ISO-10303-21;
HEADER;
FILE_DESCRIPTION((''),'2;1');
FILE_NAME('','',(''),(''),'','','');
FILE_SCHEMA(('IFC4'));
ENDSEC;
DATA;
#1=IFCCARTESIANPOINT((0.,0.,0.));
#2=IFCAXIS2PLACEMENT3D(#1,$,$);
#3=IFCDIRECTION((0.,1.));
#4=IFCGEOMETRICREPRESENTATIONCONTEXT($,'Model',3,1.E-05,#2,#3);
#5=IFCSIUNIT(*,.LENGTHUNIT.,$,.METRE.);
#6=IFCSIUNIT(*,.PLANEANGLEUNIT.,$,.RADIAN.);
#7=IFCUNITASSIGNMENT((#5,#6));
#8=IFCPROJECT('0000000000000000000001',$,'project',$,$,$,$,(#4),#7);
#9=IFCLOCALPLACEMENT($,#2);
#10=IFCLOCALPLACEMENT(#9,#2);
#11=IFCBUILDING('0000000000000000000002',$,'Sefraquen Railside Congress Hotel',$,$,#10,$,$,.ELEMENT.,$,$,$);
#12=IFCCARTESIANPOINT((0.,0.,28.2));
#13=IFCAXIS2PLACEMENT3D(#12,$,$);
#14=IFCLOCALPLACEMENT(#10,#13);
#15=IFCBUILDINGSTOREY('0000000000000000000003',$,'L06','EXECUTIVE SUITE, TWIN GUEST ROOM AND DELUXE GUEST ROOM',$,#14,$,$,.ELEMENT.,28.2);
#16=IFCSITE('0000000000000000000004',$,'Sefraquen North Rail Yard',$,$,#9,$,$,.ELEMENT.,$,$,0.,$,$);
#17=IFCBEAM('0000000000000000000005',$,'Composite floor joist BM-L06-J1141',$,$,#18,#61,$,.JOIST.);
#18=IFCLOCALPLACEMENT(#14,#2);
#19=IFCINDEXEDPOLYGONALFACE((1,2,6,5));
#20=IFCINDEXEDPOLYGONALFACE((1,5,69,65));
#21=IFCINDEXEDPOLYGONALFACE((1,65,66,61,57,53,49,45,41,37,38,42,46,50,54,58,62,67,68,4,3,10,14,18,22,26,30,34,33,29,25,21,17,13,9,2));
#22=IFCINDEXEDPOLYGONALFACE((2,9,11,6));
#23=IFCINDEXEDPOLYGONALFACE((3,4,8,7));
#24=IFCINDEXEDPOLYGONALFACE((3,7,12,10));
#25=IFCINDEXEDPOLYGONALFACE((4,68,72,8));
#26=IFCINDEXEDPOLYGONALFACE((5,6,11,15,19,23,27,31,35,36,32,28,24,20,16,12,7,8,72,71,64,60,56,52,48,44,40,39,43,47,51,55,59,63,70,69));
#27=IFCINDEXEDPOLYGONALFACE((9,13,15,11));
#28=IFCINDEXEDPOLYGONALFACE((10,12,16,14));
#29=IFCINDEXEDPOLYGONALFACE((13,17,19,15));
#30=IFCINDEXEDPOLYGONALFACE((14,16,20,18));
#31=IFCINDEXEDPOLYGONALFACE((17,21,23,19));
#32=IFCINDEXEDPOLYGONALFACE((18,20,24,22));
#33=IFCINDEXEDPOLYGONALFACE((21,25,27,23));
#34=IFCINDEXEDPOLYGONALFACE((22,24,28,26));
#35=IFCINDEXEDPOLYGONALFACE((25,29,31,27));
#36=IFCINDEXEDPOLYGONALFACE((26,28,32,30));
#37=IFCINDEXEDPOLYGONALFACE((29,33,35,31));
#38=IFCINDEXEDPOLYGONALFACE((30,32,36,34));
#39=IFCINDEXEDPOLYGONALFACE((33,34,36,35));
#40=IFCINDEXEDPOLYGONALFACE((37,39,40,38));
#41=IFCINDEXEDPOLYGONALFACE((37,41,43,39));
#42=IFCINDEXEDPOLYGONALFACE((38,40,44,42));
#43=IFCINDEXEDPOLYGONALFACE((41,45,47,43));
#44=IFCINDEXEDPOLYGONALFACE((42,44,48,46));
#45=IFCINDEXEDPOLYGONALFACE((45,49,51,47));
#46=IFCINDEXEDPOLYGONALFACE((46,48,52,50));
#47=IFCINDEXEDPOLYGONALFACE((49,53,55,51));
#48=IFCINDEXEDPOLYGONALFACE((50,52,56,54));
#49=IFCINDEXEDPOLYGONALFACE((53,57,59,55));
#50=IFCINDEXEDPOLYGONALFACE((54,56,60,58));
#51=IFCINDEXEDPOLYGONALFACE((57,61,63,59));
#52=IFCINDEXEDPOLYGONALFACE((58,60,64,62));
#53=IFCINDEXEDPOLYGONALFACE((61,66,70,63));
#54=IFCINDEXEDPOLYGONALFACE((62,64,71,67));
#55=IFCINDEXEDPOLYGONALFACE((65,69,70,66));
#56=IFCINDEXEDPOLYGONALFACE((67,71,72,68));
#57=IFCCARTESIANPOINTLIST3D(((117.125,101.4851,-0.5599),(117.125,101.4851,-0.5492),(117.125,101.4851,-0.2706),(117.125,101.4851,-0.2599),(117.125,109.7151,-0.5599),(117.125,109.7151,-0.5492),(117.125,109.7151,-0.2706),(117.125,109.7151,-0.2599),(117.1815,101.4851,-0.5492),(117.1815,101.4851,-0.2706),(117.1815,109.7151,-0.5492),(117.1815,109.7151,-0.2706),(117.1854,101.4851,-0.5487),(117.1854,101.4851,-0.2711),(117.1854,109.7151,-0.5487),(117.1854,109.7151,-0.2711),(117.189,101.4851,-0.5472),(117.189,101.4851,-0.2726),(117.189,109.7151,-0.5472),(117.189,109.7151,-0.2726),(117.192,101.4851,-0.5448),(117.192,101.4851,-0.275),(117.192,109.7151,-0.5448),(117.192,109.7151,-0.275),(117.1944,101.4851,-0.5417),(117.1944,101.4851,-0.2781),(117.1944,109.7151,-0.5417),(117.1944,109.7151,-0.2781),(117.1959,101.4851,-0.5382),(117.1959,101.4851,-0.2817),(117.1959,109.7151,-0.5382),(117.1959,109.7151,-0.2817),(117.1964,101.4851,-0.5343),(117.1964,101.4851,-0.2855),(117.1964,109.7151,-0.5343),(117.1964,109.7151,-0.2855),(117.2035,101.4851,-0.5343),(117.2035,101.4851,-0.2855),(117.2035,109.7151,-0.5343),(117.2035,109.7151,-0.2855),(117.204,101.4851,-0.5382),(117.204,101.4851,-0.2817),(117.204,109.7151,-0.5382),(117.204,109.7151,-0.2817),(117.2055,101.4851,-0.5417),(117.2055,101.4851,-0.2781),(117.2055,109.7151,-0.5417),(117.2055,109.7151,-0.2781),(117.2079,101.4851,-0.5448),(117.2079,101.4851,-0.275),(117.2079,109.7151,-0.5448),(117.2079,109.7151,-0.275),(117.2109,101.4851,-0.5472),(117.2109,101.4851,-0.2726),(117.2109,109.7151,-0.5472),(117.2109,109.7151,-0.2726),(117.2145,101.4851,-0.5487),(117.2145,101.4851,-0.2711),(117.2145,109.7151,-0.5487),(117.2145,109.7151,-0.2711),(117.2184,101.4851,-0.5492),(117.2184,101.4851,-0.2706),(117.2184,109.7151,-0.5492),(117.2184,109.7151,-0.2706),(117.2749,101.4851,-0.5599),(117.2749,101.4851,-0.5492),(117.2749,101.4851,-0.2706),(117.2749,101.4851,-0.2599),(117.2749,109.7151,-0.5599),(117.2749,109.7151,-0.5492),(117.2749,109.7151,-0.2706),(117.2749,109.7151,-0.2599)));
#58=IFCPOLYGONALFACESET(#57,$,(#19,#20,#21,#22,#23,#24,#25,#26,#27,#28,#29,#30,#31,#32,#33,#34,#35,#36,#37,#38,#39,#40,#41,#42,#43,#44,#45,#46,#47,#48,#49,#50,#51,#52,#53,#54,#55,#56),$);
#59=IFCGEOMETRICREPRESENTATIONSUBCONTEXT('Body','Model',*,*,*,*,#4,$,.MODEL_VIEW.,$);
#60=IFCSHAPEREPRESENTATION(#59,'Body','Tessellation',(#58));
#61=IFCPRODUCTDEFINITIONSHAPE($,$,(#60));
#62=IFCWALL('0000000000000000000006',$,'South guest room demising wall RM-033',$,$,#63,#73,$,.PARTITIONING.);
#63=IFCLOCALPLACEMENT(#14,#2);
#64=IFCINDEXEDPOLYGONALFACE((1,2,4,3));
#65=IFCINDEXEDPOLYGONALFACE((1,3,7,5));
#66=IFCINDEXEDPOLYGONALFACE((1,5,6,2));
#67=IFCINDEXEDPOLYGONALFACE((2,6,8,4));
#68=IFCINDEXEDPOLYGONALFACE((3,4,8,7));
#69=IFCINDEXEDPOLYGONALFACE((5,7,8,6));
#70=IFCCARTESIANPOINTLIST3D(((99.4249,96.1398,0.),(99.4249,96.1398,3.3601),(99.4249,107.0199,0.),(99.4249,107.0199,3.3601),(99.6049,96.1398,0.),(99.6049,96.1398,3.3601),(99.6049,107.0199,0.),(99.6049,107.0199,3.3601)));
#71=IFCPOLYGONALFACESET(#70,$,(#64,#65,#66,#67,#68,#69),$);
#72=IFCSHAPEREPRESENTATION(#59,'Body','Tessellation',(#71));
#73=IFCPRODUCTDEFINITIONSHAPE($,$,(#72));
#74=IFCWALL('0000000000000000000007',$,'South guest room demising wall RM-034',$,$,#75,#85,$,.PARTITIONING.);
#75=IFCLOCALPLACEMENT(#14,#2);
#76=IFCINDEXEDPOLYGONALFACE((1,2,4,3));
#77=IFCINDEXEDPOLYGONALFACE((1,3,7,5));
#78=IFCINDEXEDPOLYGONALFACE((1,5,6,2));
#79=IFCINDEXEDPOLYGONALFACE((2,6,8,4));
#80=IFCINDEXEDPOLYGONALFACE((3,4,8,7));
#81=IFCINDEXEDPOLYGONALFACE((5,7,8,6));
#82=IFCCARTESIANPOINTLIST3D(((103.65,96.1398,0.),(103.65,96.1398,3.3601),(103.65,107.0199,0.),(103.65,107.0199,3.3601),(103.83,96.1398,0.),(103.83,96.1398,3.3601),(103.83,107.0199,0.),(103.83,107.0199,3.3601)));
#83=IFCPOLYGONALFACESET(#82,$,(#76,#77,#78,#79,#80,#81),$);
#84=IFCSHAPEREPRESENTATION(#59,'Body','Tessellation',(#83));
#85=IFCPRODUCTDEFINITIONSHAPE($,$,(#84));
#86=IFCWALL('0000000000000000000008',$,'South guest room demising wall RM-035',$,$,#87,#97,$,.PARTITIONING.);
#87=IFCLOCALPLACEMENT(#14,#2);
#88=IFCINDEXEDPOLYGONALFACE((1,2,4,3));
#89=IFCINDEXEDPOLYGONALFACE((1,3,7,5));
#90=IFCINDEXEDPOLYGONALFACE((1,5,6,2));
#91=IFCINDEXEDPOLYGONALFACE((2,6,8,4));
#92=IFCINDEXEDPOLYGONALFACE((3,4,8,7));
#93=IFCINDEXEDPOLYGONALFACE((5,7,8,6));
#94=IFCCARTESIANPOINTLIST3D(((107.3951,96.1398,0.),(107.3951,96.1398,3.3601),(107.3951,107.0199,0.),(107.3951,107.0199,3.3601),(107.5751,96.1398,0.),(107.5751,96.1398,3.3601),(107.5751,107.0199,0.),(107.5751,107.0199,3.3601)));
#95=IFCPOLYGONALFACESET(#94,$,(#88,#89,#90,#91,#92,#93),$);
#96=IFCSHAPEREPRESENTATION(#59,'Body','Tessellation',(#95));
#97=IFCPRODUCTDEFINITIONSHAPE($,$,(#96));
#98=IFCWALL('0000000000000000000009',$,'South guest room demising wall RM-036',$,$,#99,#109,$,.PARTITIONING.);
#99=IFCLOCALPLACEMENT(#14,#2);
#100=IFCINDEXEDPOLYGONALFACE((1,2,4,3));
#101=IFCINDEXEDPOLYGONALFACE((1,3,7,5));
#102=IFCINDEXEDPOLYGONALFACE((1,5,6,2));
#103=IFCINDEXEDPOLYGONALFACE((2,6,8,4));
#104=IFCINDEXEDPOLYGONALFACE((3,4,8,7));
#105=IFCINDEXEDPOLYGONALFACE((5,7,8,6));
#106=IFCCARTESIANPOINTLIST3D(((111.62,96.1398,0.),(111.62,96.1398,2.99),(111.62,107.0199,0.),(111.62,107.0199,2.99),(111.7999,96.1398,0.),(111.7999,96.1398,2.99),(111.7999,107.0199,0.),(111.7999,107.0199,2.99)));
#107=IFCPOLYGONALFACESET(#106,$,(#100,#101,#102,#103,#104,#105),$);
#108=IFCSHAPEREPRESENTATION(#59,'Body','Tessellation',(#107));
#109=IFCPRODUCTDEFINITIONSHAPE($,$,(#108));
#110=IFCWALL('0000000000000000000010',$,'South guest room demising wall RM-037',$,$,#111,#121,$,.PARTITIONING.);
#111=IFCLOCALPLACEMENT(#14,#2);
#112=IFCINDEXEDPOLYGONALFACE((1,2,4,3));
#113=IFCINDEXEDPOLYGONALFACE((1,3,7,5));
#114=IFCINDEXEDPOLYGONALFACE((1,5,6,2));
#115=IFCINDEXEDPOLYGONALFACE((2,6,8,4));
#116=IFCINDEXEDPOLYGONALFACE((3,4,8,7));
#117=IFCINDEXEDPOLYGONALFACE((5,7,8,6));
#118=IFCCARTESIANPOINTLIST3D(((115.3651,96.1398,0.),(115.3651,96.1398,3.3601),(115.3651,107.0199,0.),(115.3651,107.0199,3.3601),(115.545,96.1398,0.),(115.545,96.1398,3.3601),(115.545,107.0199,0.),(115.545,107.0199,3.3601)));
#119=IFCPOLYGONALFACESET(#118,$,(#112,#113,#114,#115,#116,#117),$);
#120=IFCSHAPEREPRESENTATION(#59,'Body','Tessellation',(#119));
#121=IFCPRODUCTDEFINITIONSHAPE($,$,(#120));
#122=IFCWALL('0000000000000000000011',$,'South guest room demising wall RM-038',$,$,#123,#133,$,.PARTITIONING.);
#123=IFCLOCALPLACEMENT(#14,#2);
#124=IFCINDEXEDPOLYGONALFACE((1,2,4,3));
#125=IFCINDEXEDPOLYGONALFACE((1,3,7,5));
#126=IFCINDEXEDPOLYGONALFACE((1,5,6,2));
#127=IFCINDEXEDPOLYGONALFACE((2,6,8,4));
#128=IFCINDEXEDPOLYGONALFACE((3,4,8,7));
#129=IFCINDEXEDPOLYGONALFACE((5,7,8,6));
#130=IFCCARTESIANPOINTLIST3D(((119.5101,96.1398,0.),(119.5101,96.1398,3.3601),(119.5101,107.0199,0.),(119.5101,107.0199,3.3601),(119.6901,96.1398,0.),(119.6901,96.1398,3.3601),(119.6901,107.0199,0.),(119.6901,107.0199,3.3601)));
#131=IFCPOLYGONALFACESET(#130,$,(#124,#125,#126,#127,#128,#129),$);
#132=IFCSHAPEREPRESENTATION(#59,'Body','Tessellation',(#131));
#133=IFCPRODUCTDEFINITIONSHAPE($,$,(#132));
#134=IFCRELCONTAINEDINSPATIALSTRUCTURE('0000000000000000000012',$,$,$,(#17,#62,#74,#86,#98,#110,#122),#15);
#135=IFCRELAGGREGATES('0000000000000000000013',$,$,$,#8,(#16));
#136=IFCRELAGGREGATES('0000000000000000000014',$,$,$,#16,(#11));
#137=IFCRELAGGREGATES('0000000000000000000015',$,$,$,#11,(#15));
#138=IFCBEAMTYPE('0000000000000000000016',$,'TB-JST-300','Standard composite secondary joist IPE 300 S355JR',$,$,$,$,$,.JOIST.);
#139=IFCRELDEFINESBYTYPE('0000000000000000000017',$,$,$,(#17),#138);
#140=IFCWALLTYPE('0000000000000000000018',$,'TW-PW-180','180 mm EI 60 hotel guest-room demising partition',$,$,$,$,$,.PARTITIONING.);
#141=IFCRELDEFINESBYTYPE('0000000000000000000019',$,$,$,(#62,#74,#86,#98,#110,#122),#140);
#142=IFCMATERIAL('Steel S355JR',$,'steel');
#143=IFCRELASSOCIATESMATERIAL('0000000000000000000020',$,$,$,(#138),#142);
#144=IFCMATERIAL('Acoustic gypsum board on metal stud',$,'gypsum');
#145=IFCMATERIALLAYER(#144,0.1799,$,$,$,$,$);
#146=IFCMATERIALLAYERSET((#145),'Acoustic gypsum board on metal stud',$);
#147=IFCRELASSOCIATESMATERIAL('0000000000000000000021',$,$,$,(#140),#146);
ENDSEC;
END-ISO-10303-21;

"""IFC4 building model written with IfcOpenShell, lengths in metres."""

from ifc_helpers import new_model, si_unit, direction, frame, frame_2d, origin, origin_2d, place, context, subcontext, project, spatial, rectangle, i_section, extrude, material, layer, layer_set, material_profile, profile_set, type_object, element, save


model = new_model("IFC4")

# Units and contexts
model_context = context("Model", 3, precision=1e-05, world=origin(), true_north=direction((0.0, 1.0)))
body_context = subcontext(model_context, "Body", "Model", "MODEL_VIEW")
ifc_project = project(units=[si_unit("LENGTHUNIT", "METRE"), si_unit("PLANEANGLEUNIT", "RADIAN")], contexts=[model_context])

# Site, building, storey
site_placement = place(None, origin())
site = spatial("IfcSite", under=ifc_project, at=site_placement, Name="Sefraquen North Rail Yard", CompositionType="ELEMENT", RefElevation=0.0)
building_placement = place(site_placement, origin())
building = spatial("IfcBuilding", under=site, at=building_placement, Name="Sefraquen Railside Congress Hotel", CompositionType="ELEMENT")
storey_placement = place(building_placement, frame((0.0, 0.0, 28.2)))
storey = spatial("IfcBuildingStorey", under=building, at=storey_placement, Name="L06", Description="EXECUTIVE SUITE, TWIN GUEST ROOM AND DELUXE GUEST ROOM", CompositionType="ELEMENT", Elevation=28.2)

# Shared definitions
ifc_material_1 = material(Name="Steel S355JR", Category="steel")

# Beam
ifc_material_profile_1 = material_profile(ifc_material_1, i_section(OverallWidth=0.1499, OverallDepth=0.3, WebThickness=0.0071, FlangeThickness=0.0107, FilletRadius=0.0149, at=origin_2d()), Name="IPE 300")
ifc_profile_set_1 = profile_set([ifc_material_profile_1], Name="Steel S355JR")
beam_type_1 = type_object("IfcBeamType", Name="TB-JST-300", Description="Standard composite secondary joist IPE 300 S355JR", PredefinedType="JOIST", material=ifc_profile_set_1)
for number, where, z_axis, x_axis, name in (
    (1, (117.2, 101.4851, -0.4099), (0.0, 1.0, 0.0), (-1.0, 0.0, 0.0), "Composite floor joist BM-L06-J1141"),
):
    element("IfcBeam", number, at=place(storey_placement, frame(where, z_axis=z_axis, x_axis=x_axis)), inside=storey, type_object=beam_type_1, Name=name, PredefinedType="JOIST", context=body_context, shape_type="SweptSolid", body=[
        extrude(i_section(OverallWidth=0.1499, OverallDepth=0.3, WebThickness=0.0071, FlangeThickness=0.0107, FilletRadius=0.0149, at=origin_2d()), origin(), (0.0, 0.0, 1.0), 8.23),
    ])

# Walls
ifc_material_2 = material(Name="Acoustic gypsum board on metal stud", Category="gypsum")
ifc_layer = layer(ifc_material_2, 0.1799)
ifc_layer_set = layer_set([ifc_layer], Name="Acoustic gypsum board on metal stud")
wall_type = type_object("IfcWallType", Name="TW-PW-180", Description="180 mm EI 60 hotel guest-room demising partition", PredefinedType="PARTITIONING", material=ifc_layer_set)
for number, where, z_axis, x_axis, name in (
    (2, (99.5149, 96.1399, 0.0), (0.0, 0.0, 1.0), (0.0, 1.0, 0.0), "South guest room demising wall RM-033"),
    (3, (103.74, 96.1399, 0.0), (0.0, 0.0, 1.0), (0.0, 1.0, 0.0), "South guest room demising wall RM-034"),
    (4, (107.4851, 96.1399, 0.0), (0.0, 0.0, 1.0), (0.0, 1.0, 0.0), "South guest room demising wall RM-035"),
):
    element("IfcWall", number, at=place(storey_placement, frame(where, z_axis=z_axis, x_axis=x_axis)), inside=storey, type_object=wall_type, Name=name, PredefinedType="PARTITIONING", context=body_context, shape_type="SweptSolid", body=[
        extrude(rectangle(XDim=10.8801, YDim=0.1799, at=frame_2d((5.4399, 0.0))), origin(), (0.0, 0.0, 1.0), 3.3601),
    ])
wall_placement = place(storey_placement, frame((111.71, 96.1399, 0.0), z_axis=(0.0, 0.0, 1.0), x_axis=(0.0, 1.0, 0.0)))
element("IfcWall", 5, at=wall_placement, inside=storey, type_object=wall_type, Name="South guest room demising wall RM-036", PredefinedType="PARTITIONING", context=body_context, shape_type="SweptSolid", body=[
    extrude(rectangle(XDim=10.8801, YDim=0.1799, at=frame_2d((5.4399, 0.0))), origin(), (0.0, 0.0, 1.0), 2.99),
])
for number, where, z_axis, x_axis, name in (
    (6, (115.4551, 96.1399, 0.0), (0.0, 0.0, 1.0), (0.0, 1.0, 0.0), "South guest room demising wall RM-037"),
    (7, (119.6001, 96.1399, 0.0), (0.0, 0.0, 1.0), (0.0, 1.0, 0.0), "South guest room demising wall RM-038"),
):
    element("IfcWall", number, at=place(storey_placement, frame(where, z_axis=z_axis, x_axis=x_axis)), inside=storey, type_object=wall_type, Name=name, PredefinedType="PARTITIONING", context=body_context, shape_type="SweptSolid", body=[
        extrude(rectangle(XDim=10.8801, YDim=0.1799, at=frame_2d((5.4399, 0.0))), origin(), (0.0, 0.0, 1.0), 3.3601),
    ])

save(model, "model.ifc")
